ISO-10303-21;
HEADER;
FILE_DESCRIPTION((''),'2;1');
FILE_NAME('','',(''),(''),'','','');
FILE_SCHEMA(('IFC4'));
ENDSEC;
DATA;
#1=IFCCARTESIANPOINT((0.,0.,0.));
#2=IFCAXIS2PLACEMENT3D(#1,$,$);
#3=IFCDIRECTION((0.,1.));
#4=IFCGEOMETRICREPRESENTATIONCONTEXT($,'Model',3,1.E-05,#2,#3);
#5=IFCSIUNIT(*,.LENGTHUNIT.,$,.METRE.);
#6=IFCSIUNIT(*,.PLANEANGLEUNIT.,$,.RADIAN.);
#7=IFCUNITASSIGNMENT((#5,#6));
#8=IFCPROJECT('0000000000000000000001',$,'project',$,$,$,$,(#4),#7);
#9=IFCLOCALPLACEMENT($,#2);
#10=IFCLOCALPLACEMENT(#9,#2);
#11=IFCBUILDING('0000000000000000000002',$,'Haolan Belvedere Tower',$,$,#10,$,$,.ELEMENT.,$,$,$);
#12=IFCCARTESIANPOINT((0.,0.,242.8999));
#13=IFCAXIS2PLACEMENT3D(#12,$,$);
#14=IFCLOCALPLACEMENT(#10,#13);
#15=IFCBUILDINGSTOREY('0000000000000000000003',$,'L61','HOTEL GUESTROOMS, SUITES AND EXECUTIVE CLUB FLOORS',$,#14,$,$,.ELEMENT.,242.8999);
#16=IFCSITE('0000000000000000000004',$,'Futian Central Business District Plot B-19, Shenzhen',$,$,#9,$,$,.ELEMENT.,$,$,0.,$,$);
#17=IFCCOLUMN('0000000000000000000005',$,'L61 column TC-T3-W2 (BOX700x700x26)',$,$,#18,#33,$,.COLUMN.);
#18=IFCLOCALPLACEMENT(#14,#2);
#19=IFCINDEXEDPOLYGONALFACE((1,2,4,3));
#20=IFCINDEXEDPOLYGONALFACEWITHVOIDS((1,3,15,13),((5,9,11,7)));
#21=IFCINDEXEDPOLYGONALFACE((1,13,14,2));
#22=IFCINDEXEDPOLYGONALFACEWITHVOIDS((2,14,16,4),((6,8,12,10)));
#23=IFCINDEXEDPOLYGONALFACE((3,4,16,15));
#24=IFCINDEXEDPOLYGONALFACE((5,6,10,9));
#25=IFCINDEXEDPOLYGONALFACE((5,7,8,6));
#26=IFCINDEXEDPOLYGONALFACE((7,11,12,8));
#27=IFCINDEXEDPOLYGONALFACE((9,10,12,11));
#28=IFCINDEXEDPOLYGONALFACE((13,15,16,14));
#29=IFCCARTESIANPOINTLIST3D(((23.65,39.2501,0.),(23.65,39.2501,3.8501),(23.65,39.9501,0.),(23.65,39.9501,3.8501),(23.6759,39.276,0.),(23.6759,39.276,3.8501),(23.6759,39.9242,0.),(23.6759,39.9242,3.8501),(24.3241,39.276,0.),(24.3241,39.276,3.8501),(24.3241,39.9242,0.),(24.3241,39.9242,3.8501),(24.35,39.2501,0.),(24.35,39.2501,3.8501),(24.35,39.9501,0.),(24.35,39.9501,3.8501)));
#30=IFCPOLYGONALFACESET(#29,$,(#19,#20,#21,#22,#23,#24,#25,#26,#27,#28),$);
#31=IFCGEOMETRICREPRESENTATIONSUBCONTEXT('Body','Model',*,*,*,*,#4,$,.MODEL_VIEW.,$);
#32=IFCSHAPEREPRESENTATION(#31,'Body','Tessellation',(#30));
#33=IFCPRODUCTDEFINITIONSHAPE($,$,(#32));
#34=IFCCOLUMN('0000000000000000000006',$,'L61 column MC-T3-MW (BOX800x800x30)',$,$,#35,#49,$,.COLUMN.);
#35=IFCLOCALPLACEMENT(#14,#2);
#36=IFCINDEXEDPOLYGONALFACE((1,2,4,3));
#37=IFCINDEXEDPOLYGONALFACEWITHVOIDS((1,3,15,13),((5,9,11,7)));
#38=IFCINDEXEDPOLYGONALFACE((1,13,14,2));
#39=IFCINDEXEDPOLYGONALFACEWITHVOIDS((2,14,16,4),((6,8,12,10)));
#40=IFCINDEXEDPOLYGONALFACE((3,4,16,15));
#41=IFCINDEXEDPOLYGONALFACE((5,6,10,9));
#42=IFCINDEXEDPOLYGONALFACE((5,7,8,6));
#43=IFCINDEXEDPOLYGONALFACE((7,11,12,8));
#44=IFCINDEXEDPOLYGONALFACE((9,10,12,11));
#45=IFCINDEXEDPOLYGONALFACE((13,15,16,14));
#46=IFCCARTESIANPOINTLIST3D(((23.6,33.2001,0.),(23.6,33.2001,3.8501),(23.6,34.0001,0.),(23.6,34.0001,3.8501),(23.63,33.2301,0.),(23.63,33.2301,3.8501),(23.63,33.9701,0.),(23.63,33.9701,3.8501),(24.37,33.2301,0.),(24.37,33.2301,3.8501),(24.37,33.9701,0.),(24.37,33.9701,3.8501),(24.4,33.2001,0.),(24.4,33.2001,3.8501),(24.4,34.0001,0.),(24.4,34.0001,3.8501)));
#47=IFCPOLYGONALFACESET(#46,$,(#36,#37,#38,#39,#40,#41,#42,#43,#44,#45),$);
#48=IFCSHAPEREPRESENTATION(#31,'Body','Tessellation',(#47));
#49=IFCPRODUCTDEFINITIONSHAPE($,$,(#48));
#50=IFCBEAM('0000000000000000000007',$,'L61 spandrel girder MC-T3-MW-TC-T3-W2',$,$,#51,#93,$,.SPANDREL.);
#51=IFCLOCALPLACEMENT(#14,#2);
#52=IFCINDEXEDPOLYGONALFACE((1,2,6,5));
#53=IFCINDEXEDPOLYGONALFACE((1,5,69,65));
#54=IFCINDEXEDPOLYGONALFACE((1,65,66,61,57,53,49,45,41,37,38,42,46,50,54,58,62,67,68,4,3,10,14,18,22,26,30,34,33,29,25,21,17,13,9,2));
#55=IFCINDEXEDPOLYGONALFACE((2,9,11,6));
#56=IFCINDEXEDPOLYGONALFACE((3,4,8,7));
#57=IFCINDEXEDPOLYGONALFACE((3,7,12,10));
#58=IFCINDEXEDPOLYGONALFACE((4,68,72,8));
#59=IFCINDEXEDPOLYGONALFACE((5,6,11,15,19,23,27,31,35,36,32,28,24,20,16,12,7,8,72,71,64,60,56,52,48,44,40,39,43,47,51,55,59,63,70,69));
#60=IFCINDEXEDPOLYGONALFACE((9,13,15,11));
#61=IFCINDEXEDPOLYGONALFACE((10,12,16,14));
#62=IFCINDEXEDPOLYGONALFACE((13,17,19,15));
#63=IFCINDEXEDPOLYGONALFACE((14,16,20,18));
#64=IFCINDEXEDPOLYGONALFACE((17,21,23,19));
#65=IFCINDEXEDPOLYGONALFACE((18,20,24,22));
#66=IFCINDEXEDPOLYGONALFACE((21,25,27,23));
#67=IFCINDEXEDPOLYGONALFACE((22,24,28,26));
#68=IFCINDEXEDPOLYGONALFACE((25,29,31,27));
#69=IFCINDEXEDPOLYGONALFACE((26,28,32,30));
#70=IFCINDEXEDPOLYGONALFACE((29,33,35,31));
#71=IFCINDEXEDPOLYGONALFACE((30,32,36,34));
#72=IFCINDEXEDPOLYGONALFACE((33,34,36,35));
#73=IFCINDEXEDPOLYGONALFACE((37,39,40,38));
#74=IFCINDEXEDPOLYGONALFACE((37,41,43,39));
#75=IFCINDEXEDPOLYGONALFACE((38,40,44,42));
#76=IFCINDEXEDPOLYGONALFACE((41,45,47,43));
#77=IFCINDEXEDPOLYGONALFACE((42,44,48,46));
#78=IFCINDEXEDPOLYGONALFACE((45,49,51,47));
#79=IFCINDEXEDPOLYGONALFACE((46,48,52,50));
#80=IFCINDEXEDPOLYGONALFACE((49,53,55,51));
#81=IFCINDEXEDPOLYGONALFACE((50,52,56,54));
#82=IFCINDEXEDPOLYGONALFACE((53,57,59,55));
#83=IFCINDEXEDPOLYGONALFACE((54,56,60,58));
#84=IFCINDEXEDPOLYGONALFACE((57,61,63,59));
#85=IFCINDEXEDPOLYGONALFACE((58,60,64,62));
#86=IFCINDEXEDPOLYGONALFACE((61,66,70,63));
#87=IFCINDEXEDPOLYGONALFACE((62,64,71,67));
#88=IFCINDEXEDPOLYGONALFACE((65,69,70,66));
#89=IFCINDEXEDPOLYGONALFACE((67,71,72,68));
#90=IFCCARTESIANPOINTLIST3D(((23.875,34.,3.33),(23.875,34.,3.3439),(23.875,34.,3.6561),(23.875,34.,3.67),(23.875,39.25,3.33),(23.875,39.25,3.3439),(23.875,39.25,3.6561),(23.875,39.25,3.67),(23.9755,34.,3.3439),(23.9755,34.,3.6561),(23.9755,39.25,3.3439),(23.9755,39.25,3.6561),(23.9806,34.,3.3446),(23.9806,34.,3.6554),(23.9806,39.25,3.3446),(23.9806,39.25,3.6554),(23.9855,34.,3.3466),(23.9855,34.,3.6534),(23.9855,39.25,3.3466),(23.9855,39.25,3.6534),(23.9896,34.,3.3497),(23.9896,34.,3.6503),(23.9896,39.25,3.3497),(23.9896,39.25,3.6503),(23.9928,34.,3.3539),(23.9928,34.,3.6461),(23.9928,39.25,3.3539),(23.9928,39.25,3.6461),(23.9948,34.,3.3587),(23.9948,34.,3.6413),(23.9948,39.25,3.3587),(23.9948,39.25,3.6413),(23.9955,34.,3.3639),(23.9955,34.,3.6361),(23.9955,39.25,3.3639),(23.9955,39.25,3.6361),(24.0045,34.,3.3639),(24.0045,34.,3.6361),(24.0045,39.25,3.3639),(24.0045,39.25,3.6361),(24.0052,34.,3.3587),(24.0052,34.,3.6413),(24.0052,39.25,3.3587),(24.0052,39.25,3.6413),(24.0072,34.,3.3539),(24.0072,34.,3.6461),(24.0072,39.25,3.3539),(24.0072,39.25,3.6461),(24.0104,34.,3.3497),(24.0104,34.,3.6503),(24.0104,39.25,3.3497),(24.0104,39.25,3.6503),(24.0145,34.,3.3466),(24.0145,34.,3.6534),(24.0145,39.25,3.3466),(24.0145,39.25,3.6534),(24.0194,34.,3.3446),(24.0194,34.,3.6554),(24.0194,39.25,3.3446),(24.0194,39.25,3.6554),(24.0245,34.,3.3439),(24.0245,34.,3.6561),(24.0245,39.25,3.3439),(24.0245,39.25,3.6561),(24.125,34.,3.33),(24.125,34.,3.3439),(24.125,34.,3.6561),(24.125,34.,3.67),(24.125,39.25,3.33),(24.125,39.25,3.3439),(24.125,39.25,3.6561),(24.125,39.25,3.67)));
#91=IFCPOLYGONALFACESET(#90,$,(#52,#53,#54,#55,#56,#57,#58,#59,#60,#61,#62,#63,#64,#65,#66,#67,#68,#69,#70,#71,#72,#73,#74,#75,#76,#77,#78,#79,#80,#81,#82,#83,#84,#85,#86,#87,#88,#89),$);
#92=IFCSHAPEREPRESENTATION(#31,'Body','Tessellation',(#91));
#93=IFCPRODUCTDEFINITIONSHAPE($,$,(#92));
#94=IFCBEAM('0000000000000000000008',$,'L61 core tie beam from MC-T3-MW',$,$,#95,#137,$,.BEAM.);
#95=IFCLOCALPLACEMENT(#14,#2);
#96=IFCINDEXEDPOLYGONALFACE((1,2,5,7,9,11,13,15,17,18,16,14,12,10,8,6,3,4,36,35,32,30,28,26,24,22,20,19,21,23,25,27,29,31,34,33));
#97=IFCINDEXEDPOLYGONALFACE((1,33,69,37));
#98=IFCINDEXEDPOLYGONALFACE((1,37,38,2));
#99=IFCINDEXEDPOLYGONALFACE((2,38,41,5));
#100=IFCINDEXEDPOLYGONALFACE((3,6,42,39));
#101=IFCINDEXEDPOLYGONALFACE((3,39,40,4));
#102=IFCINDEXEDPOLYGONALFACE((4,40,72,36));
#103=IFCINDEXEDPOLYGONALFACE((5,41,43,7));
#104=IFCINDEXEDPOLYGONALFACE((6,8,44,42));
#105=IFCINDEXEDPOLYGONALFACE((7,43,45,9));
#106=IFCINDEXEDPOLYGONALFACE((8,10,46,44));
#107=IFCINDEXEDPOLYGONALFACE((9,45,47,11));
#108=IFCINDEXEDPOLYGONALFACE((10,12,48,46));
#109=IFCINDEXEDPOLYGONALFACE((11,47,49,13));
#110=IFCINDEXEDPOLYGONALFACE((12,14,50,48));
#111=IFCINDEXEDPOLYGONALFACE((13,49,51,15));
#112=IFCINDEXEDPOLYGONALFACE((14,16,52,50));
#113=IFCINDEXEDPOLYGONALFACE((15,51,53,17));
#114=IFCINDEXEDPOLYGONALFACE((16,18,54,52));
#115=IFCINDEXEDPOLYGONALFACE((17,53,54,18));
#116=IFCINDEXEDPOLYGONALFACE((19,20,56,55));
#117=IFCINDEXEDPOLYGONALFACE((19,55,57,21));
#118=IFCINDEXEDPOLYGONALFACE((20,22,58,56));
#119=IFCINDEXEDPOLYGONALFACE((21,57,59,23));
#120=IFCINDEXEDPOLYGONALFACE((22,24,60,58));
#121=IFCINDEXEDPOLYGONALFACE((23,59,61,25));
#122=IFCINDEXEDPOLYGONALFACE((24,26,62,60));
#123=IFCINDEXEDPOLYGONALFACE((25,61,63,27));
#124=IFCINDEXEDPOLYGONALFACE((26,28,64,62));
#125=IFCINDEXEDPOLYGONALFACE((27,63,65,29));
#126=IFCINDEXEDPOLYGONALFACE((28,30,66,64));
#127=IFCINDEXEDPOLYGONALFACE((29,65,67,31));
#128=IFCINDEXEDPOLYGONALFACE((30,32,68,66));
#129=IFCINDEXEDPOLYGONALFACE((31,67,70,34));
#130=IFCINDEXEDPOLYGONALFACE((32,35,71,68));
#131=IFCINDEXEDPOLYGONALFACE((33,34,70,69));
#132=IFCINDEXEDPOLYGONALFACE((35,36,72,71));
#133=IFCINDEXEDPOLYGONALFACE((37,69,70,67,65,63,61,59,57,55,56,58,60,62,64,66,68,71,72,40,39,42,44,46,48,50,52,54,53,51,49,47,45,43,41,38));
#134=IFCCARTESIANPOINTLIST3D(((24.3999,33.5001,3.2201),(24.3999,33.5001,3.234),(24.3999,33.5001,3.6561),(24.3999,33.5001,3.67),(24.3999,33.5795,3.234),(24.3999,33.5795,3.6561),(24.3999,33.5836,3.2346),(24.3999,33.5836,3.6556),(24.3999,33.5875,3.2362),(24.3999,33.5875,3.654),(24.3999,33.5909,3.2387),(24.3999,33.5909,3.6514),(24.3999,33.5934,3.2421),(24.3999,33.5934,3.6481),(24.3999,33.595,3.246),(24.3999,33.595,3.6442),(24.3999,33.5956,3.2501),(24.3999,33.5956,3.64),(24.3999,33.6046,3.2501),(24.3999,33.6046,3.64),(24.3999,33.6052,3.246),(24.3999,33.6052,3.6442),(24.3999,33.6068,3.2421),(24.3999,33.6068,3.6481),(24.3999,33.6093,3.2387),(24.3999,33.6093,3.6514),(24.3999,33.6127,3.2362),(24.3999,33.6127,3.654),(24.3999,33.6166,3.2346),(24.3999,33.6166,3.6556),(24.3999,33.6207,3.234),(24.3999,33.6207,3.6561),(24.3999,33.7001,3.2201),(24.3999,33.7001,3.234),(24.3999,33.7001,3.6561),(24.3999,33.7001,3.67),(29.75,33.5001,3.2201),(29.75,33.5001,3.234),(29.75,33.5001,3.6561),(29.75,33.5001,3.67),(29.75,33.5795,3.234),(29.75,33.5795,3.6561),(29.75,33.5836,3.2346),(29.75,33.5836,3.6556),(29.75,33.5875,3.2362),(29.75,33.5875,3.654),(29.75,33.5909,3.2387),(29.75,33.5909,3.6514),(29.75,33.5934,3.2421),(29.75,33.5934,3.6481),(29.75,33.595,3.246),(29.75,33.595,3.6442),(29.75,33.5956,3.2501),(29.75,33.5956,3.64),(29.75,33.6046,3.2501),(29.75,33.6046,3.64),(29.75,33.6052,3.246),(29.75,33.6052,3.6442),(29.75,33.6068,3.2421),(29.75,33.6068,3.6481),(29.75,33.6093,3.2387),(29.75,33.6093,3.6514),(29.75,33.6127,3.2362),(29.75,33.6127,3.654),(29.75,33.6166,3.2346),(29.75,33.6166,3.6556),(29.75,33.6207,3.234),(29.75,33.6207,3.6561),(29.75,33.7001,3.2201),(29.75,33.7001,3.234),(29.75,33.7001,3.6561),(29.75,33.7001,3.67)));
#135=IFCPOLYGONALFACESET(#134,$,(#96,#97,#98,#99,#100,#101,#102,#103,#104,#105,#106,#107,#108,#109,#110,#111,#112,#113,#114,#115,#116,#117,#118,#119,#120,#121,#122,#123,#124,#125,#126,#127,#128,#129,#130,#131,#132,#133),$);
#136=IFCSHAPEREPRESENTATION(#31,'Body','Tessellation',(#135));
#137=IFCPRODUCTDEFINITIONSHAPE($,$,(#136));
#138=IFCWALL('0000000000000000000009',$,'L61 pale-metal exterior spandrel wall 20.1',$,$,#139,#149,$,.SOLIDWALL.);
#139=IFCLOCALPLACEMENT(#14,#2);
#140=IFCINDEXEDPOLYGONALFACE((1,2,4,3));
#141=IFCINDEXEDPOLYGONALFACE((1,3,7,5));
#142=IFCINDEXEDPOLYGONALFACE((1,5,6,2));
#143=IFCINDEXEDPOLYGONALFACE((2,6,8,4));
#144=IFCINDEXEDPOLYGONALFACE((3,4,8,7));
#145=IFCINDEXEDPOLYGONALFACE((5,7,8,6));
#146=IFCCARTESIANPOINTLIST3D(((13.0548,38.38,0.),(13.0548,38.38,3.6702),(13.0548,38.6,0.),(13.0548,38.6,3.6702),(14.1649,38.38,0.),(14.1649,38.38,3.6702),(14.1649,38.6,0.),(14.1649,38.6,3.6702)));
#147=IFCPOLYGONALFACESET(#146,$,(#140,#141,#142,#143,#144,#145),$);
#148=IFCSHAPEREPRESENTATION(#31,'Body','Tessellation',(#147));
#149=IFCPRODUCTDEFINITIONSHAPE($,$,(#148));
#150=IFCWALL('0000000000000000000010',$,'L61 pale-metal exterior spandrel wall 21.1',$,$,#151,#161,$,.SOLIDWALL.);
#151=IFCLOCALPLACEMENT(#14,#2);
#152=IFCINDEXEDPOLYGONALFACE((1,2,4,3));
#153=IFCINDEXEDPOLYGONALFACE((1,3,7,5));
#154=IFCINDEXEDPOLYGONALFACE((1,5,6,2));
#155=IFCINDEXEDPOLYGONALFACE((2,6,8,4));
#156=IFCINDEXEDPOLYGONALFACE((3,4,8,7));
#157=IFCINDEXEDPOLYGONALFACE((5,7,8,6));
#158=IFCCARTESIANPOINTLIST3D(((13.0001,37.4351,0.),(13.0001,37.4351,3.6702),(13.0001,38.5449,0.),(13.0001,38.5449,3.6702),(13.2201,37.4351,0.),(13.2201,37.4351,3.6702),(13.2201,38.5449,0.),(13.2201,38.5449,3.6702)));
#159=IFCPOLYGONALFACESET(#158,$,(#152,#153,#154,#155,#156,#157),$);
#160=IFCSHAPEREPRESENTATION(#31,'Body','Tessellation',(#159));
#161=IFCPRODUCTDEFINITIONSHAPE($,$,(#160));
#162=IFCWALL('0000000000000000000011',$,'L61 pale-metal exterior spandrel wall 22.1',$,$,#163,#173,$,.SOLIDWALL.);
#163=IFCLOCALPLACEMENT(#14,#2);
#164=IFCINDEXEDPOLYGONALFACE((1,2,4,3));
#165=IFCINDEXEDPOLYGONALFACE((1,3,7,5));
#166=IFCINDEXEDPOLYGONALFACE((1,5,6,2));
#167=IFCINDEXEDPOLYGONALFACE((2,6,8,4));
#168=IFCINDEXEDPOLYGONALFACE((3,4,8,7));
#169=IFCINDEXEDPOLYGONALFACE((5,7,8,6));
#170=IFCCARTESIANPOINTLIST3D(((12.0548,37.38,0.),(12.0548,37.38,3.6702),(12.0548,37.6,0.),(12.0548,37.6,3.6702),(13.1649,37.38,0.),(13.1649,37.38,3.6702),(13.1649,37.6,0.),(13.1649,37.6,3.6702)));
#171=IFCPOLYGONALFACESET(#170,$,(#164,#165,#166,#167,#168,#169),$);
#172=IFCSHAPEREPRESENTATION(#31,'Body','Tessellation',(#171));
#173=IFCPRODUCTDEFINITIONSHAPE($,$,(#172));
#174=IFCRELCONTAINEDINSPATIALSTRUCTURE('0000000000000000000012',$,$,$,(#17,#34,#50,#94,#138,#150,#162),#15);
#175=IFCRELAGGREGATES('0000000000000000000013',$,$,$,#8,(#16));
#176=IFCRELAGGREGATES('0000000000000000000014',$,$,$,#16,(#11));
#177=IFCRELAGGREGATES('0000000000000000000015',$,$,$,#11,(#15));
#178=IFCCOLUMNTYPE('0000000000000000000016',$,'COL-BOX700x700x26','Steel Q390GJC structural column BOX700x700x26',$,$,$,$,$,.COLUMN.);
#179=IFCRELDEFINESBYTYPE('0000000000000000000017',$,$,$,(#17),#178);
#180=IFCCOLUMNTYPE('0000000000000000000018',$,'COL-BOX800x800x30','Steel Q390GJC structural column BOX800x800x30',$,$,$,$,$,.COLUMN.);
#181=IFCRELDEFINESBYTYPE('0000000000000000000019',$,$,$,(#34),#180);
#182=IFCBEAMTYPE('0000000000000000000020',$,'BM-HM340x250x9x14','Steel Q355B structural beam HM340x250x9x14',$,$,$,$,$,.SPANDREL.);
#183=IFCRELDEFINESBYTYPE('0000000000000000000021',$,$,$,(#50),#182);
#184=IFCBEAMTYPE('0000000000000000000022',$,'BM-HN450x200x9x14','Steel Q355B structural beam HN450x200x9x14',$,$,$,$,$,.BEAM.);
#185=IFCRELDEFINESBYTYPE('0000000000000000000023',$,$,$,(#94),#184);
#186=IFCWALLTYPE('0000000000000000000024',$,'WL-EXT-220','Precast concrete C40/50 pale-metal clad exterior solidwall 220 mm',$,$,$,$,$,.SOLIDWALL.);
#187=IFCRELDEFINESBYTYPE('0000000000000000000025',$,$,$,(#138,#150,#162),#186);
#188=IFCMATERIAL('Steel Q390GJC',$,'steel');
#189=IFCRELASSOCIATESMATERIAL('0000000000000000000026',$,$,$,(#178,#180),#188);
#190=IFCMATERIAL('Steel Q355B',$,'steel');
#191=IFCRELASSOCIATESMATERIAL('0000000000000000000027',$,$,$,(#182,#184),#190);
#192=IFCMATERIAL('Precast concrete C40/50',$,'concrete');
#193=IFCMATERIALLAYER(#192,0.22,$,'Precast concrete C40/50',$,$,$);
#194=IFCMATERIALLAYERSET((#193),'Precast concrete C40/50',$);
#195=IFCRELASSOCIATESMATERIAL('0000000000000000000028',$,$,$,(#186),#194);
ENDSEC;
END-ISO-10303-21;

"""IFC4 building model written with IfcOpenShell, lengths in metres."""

from ifc_helpers import new_model, si_unit, direction, frame, frame_2d, origin, origin_2d, place, context, subcontext, project, spatial, rectangle, hollow_rectangle, i_section, extrude, material, layer, layer_set, material_profile, profile_set, type_object, element, save


model = new_model("IFC4")

# Units and contexts
model_context = context("Model", 3, precision=1e-05, world=origin(), true_north=direction((0.0, 1.0)))
body_context = subcontext(model_context, "Body", "Model", "MODEL_VIEW")
ifc_project = project(units=[si_unit("LENGTHUNIT", "METRE"), si_unit("PLANEANGLEUNIT", "RADIAN")], contexts=[model_context])

# Site, building, storey
site_placement = place(None, origin())
site = spatial("IfcSite", under=ifc_project, at=site_placement, Name="Futian Central Business District Plot B-19, Shenzhen", CompositionType="ELEMENT", RefElevation=0.0)
building_placement = place(site_placement, origin())
building = spatial("IfcBuilding", under=site, at=building_placement, Name="Haolan Belvedere Tower", CompositionType="ELEMENT")
storey_placement = place(building_placement, frame((0.0, 0.0, 242.8999)))
storey = spatial("IfcBuildingStorey", under=building, at=storey_placement, Name="L61", Description="HOTEL GUESTROOMS, SUITES AND EXECUTIVE CLUB FLOORS", CompositionType="ELEMENT", Elevation=242.8999)

# Columns
ifc_material_1 = material(Name="Steel Q390GJC", Category="steel")
ifc_material_profile_1 = material_profile(ifc_material_1, hollow_rectangle(XDim=0.7, YDim=0.7, WallThickness=0.0259, at=origin_2d()), Name="Steel Q390GJC")
ifc_profile_set_1 = profile_set([ifc_material_profile_1], Name="Steel Q390GJC")
column_type_1 = type_object("IfcColumnType", Name="COL-BOX700x700x26", Description="Steel Q390GJC structural column BOX700x700x26", PredefinedType="COLUMN", material=ifc_profile_set_1)
column_1_placement = place(storey_placement, frame((24.0, 39.6001, 0.0), z_axis=(0.0, 0.0, 1.0), x_axis=(1.0, 0.0, 0.0)))
element("IfcColumn", 1, at=column_1_placement, inside=storey, type_object=column_type_1, Name="L61 column TC-T3-W2 (BOX700x700x26)", PredefinedType="COLUMN", context=body_context, shape_type="SweptSolid", body=[
    extrude(hollow_rectangle(XDim=0.7, YDim=0.7, WallThickness=0.0259, at=origin_2d()), origin(), (0.0, 0.0, 1.0), 3.8501),
])
ifc_material_profile_2 = material_profile(ifc_material_1, hollow_rectangle(XDim=0.8, YDim=0.8, WallThickness=0.03, at=origin_2d()), Name="Steel Q390GJC")
ifc_profile_set_2 = profile_set([ifc_material_profile_2], Name="Steel Q390GJC")
column_type_2 = type_object("IfcColumnType", Name="COL-BOX800x800x30", Description="Steel Q390GJC structural column BOX800x800x30", PredefinedType="COLUMN", material=ifc_profile_set_2)
column_2_placement = place(storey_placement, frame((24.0, 33.6001, 0.0), z_axis=(0.0, 0.0, 1.0), x_axis=(1.0, 0.0, 0.0)))
element("IfcColumn", 2, at=column_2_placement, inside=storey, type_object=column_type_2, Name="L61 column MC-T3-MW (BOX800x800x30)", PredefinedType="COLUMN", context=body_context, shape_type="SweptSolid", body=[
    extrude(hollow_rectangle(XDim=0.8, YDim=0.8, WallThickness=0.03, at=origin_2d()), origin(), (0.0, 0.0, 1.0), 3.8501),
])

# Beams
ifc_material_2 = material(Name="Steel Q355B", Category="steel")
ifc_material_profile_3 = material_profile(ifc_material_2, i_section(OverallWidth=0.25, OverallDepth=0.3401, WebThickness=0.009, FlangeThickness=0.0139, FilletRadius=0.02, at=origin_2d()), Name="Steel Q355B")
ifc_profile_set_3 = profile_set([ifc_material_profile_3], Name="Steel Q355B")
beam_type_1 = type_object("IfcBeamType", Name="BM-HM340x250x9x14", Description="Steel Q355B structural beam HM340x250x9x14", PredefinedType="SPANDREL", material=ifc_profile_set_3)
beam_1_placement = place(storey_placement, frame((24.0, 34.0, 3.5), z_axis=(0.0, 1.0, 0.0), x_axis=(-1.0, 0.0, 0.0)))
element("IfcBeam", 3, at=beam_1_placement, inside=storey, type_object=beam_type_1, Name="L61 spandrel girder MC-T3-MW-TC-T3-W2", PredefinedType="SPANDREL", context=body_context, shape_type="SweptSolid", body=[
    extrude(i_section(OverallWidth=0.25, OverallDepth=0.3401, WebThickness=0.009, FlangeThickness=0.0139, FilletRadius=0.02, at=origin_2d()), origin(), (0.0, 0.0, 1.0), 5.25),
])
ifc_material_profile_4 = material_profile(ifc_material_2, i_section(OverallWidth=0.2, OverallDepth=0.45, WebThickness=0.009, FlangeThickness=0.0139, FilletRadius=0.0161, at=origin_2d()), Name="Steel Q355B")
ifc_profile_set_4 = profile_set([ifc_material_profile_4], Name="Steel Q355B")
beam_type_2 = type_object("IfcBeamType", Name="BM-HN450x200x9x14", Description="Steel Q355B structural beam HN450x200x9x14", PredefinedType="BEAM", material=ifc_profile_set_4)
beam_2_placement = place(storey_placement, frame((24.3999, 33.6001, 3.4451), z_axis=(1.0, 0.0, 0.0), x_axis=(0.0, 1.0, 0.0)))
element("IfcBeam", 4, at=beam_2_placement, inside=storey, type_object=beam_type_2, Name="L61 core tie beam from MC-T3-MW", PredefinedType="BEAM", context=body_context, shape_type="SweptSolid", body=[
    extrude(i_section(OverallWidth=0.2, OverallDepth=0.45, WebThickness=0.009, FlangeThickness=0.0139, FilletRadius=0.0161, at=origin_2d()), origin(), (0.0, 0.0, 1.0), 5.3501),
])

# Walls
ifc_material_3 = material(Name="Precast concrete C40/50", Category="concrete")
ifc_layer_1 = layer(ifc_material_3, 0.22, Name="Precast concrete C40/50")
ifc_layer_set_1 = layer_set([ifc_layer_1], Name="Precast concrete C40/50")
wall_type_1 = type_object("IfcWallType", Name="WL-EXT-220", Description="Precast concrete C40/50 pale-metal clad exterior solidwall 220 mm", PredefinedType="SOLIDWALL", material=ifc_layer_set_1)
wall_1_placement = place(storey_placement, frame((14.165, 38.49, 0.0), z_axis=(0.0, 0.0, 1.0), x_axis=(-1.0, 0.0, 0.0)))
element("IfcWall", 5, at=wall_1_placement, inside=storey, type_object=wall_type_1, Name="L61 pale-metal exterior spandrel wall 20.1", PredefinedType="SOLIDWALL", context=body_context, shape_type="SweptSolid", body=[
    extrude(rectangle(XDim=1.1101, YDim=0.22, at=frame_2d((0.5552, 0.0))), origin(), (0.0, 0.0, 1.0), 3.6702),
])
wall_2_placement = place(storey_placement, frame((13.1101, 38.5449, 0.0), z_axis=(0.0, 0.0, 1.0), x_axis=(0.0, -1.0, 0.0)))
element("IfcWall", 6, at=wall_2_placement, inside=storey, type_object=wall_type_1, Name="L61 pale-metal exterior spandrel wall 21.1", PredefinedType="SOLIDWALL", context=body_context, shape_type="SweptSolid", body=[
    extrude(rectangle(XDim=1.1099, YDim=0.22, at=frame_2d((0.5549, 0.0))), origin(), (0.0, 0.0, 1.0), 3.6702),
])
wall_3_placement = place(storey_placement, frame((13.165, 37.49, 0.0), z_axis=(0.0, 0.0, 1.0), x_axis=(-1.0, 0.0, 0.0)))
element("IfcWall", 7, at=wall_3_placement, inside=storey, type_object=wall_type_1, Name="L61 pale-metal exterior spandrel wall 22.1", PredefinedType="SOLIDWALL", context=body_context, shape_type="SweptSolid", body=[
    extrude(rectangle(XDim=1.1101, YDim=0.22, at=frame_2d((0.5552, 0.0))), origin(), (0.0, 0.0, 1.0), 3.6702),
])

save(model, "model.ifc")
